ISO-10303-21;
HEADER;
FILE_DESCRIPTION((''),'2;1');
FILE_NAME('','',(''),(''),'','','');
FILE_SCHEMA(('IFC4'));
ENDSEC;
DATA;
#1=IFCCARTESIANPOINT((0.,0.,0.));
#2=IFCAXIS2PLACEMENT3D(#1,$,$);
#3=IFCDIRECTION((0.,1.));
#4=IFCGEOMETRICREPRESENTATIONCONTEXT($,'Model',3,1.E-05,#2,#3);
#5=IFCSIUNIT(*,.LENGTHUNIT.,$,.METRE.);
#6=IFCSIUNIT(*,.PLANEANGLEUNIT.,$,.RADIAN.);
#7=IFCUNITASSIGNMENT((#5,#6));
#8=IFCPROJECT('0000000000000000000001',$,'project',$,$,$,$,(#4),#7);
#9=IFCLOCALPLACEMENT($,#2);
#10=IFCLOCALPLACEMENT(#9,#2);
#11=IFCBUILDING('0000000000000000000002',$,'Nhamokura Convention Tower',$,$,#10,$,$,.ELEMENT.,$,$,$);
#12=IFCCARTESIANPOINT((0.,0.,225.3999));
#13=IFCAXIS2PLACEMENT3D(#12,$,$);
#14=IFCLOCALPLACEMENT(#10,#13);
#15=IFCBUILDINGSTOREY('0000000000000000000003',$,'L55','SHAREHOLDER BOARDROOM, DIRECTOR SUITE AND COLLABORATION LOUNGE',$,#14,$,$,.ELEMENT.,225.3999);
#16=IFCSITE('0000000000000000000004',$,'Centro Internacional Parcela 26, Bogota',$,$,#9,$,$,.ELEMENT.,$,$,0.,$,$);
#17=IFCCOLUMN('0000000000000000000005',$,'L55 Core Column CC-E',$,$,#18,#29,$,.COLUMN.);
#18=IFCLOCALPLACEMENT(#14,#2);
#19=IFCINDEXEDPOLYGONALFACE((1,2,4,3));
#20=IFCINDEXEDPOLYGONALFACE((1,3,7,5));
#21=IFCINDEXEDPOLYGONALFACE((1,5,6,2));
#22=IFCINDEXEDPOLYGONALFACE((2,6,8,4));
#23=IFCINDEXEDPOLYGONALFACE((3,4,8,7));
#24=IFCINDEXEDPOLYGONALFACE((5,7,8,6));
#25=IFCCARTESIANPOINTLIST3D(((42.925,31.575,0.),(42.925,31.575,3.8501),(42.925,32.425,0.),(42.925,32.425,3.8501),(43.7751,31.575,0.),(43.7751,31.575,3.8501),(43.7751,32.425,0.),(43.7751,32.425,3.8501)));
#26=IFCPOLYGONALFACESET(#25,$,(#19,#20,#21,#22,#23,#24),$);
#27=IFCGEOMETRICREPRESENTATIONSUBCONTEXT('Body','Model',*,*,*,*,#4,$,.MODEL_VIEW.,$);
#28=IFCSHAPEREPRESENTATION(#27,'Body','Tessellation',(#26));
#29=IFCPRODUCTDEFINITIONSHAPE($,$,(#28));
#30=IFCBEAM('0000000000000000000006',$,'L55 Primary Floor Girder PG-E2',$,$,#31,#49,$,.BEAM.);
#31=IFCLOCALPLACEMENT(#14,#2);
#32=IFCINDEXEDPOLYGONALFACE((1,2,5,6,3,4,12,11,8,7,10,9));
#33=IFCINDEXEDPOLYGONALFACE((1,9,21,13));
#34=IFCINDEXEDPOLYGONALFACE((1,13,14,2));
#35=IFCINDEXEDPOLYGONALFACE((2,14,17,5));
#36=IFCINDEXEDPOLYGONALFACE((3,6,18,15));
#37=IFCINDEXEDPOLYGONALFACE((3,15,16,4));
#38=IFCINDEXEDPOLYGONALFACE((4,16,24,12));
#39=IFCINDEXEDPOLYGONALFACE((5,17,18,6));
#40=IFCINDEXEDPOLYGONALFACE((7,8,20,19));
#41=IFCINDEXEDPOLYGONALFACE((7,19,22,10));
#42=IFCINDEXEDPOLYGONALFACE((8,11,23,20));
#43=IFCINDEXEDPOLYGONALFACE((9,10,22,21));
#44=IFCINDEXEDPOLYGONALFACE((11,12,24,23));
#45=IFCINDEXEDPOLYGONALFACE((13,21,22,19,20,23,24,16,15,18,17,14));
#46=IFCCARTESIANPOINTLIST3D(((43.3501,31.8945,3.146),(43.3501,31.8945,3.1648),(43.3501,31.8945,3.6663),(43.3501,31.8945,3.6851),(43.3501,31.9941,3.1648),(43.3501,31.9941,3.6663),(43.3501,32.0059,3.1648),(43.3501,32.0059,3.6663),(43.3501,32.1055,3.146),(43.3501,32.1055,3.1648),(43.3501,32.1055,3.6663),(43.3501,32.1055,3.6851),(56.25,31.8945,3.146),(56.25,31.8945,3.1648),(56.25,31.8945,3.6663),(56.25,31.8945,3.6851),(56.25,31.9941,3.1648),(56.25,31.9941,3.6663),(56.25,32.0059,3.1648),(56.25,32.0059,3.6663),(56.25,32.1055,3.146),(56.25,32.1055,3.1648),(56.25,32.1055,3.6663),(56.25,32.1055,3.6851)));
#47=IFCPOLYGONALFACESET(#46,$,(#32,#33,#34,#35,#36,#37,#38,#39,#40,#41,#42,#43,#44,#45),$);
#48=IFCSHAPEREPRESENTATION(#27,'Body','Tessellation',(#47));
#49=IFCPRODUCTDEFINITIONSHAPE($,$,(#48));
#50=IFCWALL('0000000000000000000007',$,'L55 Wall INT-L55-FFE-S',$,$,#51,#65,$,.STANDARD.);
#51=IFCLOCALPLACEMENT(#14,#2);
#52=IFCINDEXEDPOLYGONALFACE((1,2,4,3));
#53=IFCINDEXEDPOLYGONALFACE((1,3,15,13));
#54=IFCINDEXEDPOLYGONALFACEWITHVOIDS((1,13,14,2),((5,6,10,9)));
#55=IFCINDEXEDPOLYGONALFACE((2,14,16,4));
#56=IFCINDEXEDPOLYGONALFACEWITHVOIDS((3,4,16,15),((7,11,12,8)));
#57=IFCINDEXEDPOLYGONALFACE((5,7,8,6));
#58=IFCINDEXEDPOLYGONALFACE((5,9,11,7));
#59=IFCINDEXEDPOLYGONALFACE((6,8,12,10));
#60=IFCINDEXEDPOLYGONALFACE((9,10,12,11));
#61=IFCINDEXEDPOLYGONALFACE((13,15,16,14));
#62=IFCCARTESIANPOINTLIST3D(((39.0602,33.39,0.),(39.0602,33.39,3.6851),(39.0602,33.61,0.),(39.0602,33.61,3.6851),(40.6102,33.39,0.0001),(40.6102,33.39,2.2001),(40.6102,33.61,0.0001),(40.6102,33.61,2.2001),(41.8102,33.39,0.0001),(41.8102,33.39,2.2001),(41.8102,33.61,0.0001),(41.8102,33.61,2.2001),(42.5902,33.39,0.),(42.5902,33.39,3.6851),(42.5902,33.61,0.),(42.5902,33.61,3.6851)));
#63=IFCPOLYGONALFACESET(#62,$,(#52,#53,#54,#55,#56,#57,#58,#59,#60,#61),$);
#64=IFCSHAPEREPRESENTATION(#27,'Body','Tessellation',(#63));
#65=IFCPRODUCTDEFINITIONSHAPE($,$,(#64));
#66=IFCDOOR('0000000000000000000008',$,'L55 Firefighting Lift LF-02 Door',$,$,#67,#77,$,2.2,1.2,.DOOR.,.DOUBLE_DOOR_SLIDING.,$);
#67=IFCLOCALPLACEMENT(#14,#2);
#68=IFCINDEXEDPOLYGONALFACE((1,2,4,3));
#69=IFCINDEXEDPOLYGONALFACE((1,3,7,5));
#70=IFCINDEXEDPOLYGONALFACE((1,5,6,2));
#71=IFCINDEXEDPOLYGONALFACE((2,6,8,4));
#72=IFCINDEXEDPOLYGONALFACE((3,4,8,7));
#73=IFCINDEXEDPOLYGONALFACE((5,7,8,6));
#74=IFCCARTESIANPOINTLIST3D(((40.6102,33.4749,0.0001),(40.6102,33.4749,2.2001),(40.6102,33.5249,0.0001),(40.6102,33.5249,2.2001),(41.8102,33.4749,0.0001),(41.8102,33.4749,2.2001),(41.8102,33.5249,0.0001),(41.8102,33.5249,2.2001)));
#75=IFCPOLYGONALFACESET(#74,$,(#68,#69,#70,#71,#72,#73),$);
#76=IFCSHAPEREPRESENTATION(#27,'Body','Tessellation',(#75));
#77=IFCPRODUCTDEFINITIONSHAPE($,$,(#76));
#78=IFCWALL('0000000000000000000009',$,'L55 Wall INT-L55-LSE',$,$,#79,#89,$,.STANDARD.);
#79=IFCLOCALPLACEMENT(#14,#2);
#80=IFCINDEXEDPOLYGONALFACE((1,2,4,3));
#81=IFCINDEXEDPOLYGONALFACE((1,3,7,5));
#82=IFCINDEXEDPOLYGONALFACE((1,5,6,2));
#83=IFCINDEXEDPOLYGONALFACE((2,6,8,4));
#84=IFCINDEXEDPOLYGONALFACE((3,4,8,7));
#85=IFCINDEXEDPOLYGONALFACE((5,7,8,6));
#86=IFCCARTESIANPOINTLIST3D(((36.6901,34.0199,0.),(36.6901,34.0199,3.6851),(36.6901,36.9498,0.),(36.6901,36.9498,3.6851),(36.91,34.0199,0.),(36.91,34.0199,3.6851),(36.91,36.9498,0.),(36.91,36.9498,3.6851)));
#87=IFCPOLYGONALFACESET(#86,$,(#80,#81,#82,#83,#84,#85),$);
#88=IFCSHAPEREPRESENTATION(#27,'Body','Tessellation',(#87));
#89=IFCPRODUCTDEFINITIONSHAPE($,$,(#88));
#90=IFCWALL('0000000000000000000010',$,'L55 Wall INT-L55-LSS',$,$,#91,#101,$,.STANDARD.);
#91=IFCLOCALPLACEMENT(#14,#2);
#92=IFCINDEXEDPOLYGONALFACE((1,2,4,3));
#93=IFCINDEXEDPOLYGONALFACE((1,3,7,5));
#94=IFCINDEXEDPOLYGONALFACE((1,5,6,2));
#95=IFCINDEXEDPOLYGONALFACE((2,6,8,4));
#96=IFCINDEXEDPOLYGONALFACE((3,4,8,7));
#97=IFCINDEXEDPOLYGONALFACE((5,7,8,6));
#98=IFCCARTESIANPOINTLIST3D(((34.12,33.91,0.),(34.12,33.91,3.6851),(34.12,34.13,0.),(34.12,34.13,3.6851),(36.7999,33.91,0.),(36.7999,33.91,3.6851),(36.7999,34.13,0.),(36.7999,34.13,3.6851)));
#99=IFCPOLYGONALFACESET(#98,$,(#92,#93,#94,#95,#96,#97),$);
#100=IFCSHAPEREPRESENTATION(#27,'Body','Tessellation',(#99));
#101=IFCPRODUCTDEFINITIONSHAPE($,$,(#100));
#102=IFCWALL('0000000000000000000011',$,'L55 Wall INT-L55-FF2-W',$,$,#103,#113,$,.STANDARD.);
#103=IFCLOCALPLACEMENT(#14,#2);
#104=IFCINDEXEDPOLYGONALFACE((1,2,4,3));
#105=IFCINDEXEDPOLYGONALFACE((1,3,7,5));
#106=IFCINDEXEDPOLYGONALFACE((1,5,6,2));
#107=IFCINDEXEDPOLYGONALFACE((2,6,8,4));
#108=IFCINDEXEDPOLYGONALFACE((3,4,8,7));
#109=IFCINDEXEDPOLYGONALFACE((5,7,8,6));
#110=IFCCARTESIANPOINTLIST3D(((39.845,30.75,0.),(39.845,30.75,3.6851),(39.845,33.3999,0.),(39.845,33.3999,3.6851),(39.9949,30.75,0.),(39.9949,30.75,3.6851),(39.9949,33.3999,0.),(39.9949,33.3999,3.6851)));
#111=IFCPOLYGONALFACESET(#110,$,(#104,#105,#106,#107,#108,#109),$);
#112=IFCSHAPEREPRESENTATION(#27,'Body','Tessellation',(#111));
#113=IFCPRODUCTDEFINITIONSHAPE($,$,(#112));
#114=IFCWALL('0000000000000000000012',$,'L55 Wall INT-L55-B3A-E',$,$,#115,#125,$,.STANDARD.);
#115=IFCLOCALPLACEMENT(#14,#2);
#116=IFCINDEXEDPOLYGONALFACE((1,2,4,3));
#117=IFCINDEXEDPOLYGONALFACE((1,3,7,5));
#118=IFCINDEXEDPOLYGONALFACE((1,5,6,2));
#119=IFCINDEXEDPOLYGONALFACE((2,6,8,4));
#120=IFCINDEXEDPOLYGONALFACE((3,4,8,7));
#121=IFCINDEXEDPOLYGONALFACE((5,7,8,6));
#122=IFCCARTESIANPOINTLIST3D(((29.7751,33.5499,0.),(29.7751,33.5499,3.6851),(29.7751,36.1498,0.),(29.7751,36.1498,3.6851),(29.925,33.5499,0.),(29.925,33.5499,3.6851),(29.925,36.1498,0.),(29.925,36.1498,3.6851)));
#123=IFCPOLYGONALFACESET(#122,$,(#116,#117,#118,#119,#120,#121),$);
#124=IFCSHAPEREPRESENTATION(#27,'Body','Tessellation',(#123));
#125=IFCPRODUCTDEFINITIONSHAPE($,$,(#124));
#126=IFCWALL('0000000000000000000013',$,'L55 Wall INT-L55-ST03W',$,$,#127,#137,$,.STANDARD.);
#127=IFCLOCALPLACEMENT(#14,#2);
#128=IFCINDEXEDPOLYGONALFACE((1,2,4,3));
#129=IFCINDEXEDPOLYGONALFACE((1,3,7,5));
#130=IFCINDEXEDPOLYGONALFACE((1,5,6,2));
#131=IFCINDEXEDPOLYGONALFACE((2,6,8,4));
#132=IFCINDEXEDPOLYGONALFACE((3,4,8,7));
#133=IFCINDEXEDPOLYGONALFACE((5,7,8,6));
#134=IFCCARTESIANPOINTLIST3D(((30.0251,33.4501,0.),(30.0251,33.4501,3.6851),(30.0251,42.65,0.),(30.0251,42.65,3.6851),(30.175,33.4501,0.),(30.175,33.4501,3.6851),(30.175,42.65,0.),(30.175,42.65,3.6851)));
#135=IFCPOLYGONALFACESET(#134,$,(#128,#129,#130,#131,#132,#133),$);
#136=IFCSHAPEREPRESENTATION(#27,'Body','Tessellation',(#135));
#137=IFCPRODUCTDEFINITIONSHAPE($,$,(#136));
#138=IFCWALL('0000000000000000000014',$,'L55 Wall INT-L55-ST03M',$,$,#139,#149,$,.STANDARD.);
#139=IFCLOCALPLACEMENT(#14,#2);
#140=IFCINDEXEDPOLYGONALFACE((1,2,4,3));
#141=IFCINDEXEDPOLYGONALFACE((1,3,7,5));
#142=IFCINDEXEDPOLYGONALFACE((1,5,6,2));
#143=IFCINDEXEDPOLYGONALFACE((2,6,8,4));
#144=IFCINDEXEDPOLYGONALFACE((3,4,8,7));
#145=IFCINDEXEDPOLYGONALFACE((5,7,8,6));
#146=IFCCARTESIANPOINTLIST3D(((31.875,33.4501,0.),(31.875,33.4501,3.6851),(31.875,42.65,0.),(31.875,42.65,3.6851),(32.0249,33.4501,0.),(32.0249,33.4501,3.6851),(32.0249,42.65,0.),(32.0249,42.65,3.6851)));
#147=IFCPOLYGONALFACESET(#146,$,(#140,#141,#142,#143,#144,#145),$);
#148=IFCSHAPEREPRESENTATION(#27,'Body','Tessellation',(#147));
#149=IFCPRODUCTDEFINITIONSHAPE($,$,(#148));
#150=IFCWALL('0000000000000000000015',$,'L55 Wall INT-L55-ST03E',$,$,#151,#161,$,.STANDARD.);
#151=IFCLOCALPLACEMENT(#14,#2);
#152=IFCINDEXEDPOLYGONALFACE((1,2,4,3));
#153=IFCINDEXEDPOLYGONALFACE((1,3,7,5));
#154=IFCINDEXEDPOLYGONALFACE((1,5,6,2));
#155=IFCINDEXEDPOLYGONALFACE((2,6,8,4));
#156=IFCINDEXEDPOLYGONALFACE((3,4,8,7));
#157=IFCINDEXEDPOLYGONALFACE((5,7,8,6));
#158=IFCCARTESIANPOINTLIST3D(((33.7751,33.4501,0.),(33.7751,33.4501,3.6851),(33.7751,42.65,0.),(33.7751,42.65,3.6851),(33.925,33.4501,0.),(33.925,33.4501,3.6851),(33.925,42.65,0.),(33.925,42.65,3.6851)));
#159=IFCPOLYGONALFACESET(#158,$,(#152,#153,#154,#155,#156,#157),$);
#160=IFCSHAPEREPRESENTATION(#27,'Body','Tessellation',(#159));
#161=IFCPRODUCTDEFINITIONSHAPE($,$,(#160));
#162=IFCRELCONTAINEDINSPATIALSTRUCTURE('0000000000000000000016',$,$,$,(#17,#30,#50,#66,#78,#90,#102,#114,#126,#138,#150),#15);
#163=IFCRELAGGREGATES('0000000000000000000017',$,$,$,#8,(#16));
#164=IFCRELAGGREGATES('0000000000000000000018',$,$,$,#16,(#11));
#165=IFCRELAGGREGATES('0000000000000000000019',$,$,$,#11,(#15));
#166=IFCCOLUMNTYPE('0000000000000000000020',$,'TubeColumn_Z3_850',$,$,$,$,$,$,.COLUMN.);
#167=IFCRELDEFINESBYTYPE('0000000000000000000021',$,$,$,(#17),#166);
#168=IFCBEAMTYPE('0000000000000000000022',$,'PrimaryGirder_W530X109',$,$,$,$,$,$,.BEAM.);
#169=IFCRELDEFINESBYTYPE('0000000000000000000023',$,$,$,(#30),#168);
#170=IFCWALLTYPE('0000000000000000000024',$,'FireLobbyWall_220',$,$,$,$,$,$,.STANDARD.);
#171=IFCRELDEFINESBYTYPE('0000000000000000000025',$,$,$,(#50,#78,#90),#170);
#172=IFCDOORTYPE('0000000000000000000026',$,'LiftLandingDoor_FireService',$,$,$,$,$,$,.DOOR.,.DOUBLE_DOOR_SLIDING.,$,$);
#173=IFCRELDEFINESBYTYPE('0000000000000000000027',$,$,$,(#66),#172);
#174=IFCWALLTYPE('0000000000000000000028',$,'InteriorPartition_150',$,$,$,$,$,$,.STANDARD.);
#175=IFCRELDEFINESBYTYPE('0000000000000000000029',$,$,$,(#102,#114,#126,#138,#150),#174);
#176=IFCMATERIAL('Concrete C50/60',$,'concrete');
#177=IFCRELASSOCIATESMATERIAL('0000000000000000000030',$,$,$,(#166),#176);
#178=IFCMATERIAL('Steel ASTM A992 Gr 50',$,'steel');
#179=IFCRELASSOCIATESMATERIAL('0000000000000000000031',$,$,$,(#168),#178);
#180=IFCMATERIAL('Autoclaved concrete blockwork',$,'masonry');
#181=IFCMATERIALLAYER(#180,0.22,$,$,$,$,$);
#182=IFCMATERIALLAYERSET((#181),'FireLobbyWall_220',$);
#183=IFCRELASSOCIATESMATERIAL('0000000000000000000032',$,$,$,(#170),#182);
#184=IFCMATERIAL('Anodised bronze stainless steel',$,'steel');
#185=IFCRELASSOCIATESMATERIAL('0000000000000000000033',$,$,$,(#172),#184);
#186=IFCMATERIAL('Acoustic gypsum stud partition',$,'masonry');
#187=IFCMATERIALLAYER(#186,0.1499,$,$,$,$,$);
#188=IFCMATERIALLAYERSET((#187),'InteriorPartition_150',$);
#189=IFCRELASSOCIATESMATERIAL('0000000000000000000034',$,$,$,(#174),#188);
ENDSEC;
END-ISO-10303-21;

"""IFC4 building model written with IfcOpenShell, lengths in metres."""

from ifc_helpers import new_model, si_unit, direction, frame, frame_2d, origin, origin_2d, place, context, subcontext, project, spatial, rectangle, i_section, extrude, material, layer, layer_set, material_profile, profile_set, type_object, element, fill, save


model = new_model("IFC4")

# Units and contexts
model_context = context("Model", 3, precision=1e-05, world=origin(), true_north=direction((0.0, 1.0)))
body_context = subcontext(model_context, "Body", "Model", "MODEL_VIEW")
ifc_project = project(units=[si_unit("LENGTHUNIT", "METRE"), si_unit("PLANEANGLEUNIT", "RADIAN")], contexts=[model_context])

# Site, building, storey
site_placement = place(None, origin())
site = spatial("IfcSite", under=ifc_project, at=site_placement, Name="Centro Internacional Parcela 26, Bogota", CompositionType="ELEMENT", RefElevation=0.0)
building_placement = place(site_placement, origin())
building = spatial("IfcBuilding", under=site, at=building_placement, Name="Nhamokura Convention Tower", CompositionType="ELEMENT")
storey_placement = place(building_placement, frame((0.0, 0.0, 225.3999)))
storey = spatial("IfcBuildingStorey", under=building, at=storey_placement, Name="L55", Description="SHAREHOLDER BOARDROOM, DIRECTOR SUITE AND COLLABORATION LOUNGE", CompositionType="ELEMENT", Elevation=225.3999)

# Column
ifc_material_1 = material(Name="Concrete C50/60", Category="concrete")
ifc_material_profile_1 = material_profile(ifc_material_1, rectangle(XDim=0.8501, YDim=0.8501, at=origin_2d()))
ifc_profile_set_1 = profile_set([ifc_material_profile_1], Name="Concrete C50/60")
column_type = type_object("IfcColumnType", Name="TubeColumn_Z3_850", PredefinedType="COLUMN", material=ifc_profile_set_1)
column_placement = place(storey_placement, frame((43.3501, 32.0, 0.0), z_axis=(0.0, 0.0, 1.0), x_axis=(1.0, 0.0, 0.0)))
element("IfcColumn", 1, at=column_placement, inside=storey, type_object=column_type, Name="L55 Core Column CC-E", PredefinedType="COLUMN", context=body_context, shape_type="SweptSolid", body=[
    extrude(rectangle(XDim=0.8501, YDim=0.8501, at=origin_2d()), origin(), (0.0, 0.0, 1.0), 3.8501),
])

# Beam
ifc_material_2 = material(Name="Steel ASTM A992 Gr 50", Category="steel")
ifc_material_profile_2 = material_profile(ifc_material_2, i_section(OverallWidth=0.2109, OverallDepth=0.5391, WebThickness=0.0117, FlangeThickness=0.0188, at=origin_2d()))
ifc_profile_set_2 = profile_set([ifc_material_profile_2], Name="Steel ASTM A992 Gr 50")
beam_type = type_object("IfcBeamType", Name="PrimaryGirder_W530X109", PredefinedType="BEAM", material=ifc_profile_set_2)
beam_placement = place(storey_placement, frame((43.3501, 32.0, 3.4155), z_axis=(1.0, 0.0, 0.0), x_axis=(0.0, 1.0, 0.0)))
element("IfcBeam", 2, at=beam_placement, inside=storey, type_object=beam_type, Name="L55 Primary Floor Girder PG-E2", PredefinedType="BEAM", context=body_context, shape_type="SweptSolid", body=[
    extrude(i_section(OverallWidth=0.2109, OverallDepth=0.5391, WebThickness=0.0117, FlangeThickness=0.0188, at=origin_2d()), origin(), (0.0, 0.0, 1.0), 12.8999),
])

# Wall, opening, door
ifc_material_3 = material(Name="Autoclaved concrete blockwork", Category="masonry")
ifc_layer_1 = layer(ifc_material_3, 0.22)
ifc_layer_set_1 = layer_set([ifc_layer_1], Name="FireLobbyWall_220")
wall_type_1 = type_object("IfcWallType", Name="FireLobbyWall_220", PredefinedType="STANDARD", material=ifc_layer_set_1)
wall_1_placement = place(storey_placement, frame((39.0601, 33.5, 0.0), z_axis=(0.0, 0.0, 1.0), x_axis=(1.0, 0.0, 0.0)))
wall_1 = element("IfcWall", 3, at=wall_1_placement, inside=storey, type_object=wall_type_1, Name="L55 Wall INT-L55-FFE-S", PredefinedType="STANDARD", context=body_context, shape_type="SweptSolid", body=[
    extrude(rectangle(XDim=3.53, YDim=0.22, at=frame_2d((1.7651, 0.0))), origin(), (0.0, 0.0, 1.0), 3.6851),
])
opening_1_placement = place(wall_1_placement, frame((1.55, 0.0, 0.0)))
opening_1 = element("IfcOpeningElement", 4, at=opening_1_placement, cuts=wall_1, PredefinedType="OPENING", context=body_context, shape_type="SweptSolid", body=[
    extrude(rectangle(XDim=1.2, YDim=2.2, at=frame_2d((0.6001, 1.1001))), frame((0.0, 0.1199, 0.0), z_axis=(0.0, -1.0, 0.0), x_axis=(1.0, 0.0, 0.0)), (0.0, 0.0, 1.0), 0.24),
])
ifc_material_4 = material(Name="Anodised bronze stainless steel", Category="steel")
door_type_1 = type_object("IfcDoorType", Name="LiftLandingDoor_FireService", OperationType="DOUBLE_DOOR_SLIDING", PredefinedType="DOOR", material=ifc_material_4)
door_1_placement = place(opening_1_placement, origin())
door_1 = element("IfcDoor", 5, at=door_1_placement, inside=storey, type_object=door_type_1, Name="L55 Firefighting Lift LF-02 Door", OperationType="DOUBLE_DOOR_SLIDING", OverallHeight=2.2, OverallWidth=1.2, PredefinedType="DOOR", context=body_context, shape_type="SweptSolid", body=[
    extrude(rectangle(XDim=1.2, YDim=2.2, at=frame_2d((0.6001, 1.1001))), frame((0.0, 0.0249, 0.0), z_axis=(0.0, -1.0, 0.0), x_axis=(1.0, 0.0, 0.0)), (0.0, 0.0, 1.0), 0.05),
])
fill(opening_1, door_1)

# Walls
wall_2_placement = place(storey_placement, frame((36.8, 34.02, 0.0), z_axis=(0.0, 0.0, 1.0), x_axis=(0.0, 1.0, 0.0)))
element("IfcWall", 6, at=wall_2_placement, inside=storey, type_object=wall_type_1, Name="L55 Wall INT-L55-LSE", PredefinedType="STANDARD", context=body_context, shape_type="SweptSolid", body=[
    extrude(rectangle(XDim=2.9299, YDim=0.22, at=frame_2d((1.4648, 0.0))), origin(), (0.0, 0.0, 1.0), 3.6851),
])
wall_3_placement = place(storey_placement, frame((34.1201, 34.02, 0.0), z_axis=(0.0, 0.0, 1.0), x_axis=(1.0, 0.0, 0.0)))
element("IfcWall", 7, at=wall_3_placement, inside=storey, type_object=wall_type_1, Name="L55 Wall INT-L55-LSS", PredefinedType="STANDARD", context=body_context, shape_type="SweptSolid", body=[
    extrude(rectangle(XDim=2.6799, YDim=0.22, at=frame_2d((1.3398, 0.0))), origin(), (0.0, 0.0, 1.0), 3.6851),
])
ifc_material_5 = material(Name="Acoustic gypsum stud partition", Category="masonry")
ifc_layer_2 = layer(ifc_material_5, 0.1499)
ifc_layer_set_2 = layer_set([ifc_layer_2], Name="InteriorPartition_150")
wall_type_2 = type_object("IfcWallType", Name="InteriorPartition_150", PredefinedType="STANDARD", material=ifc_layer_set_2)
wall_4_placement = place(storey_placement, frame((39.9199, 30.75, 0.0), z_axis=(0.0, 0.0, 1.0), x_axis=(0.0, 1.0, 0.0)))
element("IfcWall", 8, at=wall_4_placement, inside=storey, type_object=wall_type_2, Name="L55 Wall INT-L55-FF2-W", PredefinedType="STANDARD", context=body_context, shape_type="SweptSolid", body=[
    extrude(rectangle(XDim=2.6499, YDim=0.1499, at=frame_2d((1.325, 0.0))), origin(), (0.0, 0.0, 1.0), 3.6851),
])
wall_5_placement = place(storey_placement, frame((29.8501, 33.55, 0.0), z_axis=(0.0, 0.0, 1.0), x_axis=(0.0, 1.0, 0.0)))
element("IfcWall", 9, at=wall_5_placement, inside=storey, type_object=wall_type_2, Name="L55 Wall INT-L55-B3A-E", PredefinedType="STANDARD", context=body_context, shape_type="SweptSolid", body=[
    extrude(rectangle(XDim=2.5999, YDim=0.1499, at=frame_2d((1.2998, 0.0))), origin(), (0.0, 0.0, 1.0), 3.6851),
])
for number, where, z_axis, x_axis, name in (
    (10, (30.1001, 33.45, 0.0), (0.0, 0.0, 1.0), (0.0, 1.0, 0.0), "L55 Wall INT-L55-ST03W"),
    (11, (31.95, 33.45, 0.0), (0.0, 0.0, 1.0), (0.0, 1.0, 0.0), "L55 Wall INT-L55-ST03M"),
    (12, (33.8501, 33.45, 0.0), (0.0, 0.0, 1.0), (0.0, 1.0, 0.0), "L55 Wall INT-L55-ST03E"),
):
    element("IfcWall", number, at=place(storey_placement, frame(where, z_axis=z_axis, x_axis=x_axis)), inside=storey, type_object=wall_type_2, Name=name, PredefinedType="STANDARD", context=body_context, shape_type="SweptSolid", body=[
        extrude(rectangle(XDim=9.2, YDim=0.1499, at=frame_2d((4.6001, 0.0))), origin(), (0.0, 0.0, 1.0), 3.6851),
    ])

save(model, "model.ifc")
